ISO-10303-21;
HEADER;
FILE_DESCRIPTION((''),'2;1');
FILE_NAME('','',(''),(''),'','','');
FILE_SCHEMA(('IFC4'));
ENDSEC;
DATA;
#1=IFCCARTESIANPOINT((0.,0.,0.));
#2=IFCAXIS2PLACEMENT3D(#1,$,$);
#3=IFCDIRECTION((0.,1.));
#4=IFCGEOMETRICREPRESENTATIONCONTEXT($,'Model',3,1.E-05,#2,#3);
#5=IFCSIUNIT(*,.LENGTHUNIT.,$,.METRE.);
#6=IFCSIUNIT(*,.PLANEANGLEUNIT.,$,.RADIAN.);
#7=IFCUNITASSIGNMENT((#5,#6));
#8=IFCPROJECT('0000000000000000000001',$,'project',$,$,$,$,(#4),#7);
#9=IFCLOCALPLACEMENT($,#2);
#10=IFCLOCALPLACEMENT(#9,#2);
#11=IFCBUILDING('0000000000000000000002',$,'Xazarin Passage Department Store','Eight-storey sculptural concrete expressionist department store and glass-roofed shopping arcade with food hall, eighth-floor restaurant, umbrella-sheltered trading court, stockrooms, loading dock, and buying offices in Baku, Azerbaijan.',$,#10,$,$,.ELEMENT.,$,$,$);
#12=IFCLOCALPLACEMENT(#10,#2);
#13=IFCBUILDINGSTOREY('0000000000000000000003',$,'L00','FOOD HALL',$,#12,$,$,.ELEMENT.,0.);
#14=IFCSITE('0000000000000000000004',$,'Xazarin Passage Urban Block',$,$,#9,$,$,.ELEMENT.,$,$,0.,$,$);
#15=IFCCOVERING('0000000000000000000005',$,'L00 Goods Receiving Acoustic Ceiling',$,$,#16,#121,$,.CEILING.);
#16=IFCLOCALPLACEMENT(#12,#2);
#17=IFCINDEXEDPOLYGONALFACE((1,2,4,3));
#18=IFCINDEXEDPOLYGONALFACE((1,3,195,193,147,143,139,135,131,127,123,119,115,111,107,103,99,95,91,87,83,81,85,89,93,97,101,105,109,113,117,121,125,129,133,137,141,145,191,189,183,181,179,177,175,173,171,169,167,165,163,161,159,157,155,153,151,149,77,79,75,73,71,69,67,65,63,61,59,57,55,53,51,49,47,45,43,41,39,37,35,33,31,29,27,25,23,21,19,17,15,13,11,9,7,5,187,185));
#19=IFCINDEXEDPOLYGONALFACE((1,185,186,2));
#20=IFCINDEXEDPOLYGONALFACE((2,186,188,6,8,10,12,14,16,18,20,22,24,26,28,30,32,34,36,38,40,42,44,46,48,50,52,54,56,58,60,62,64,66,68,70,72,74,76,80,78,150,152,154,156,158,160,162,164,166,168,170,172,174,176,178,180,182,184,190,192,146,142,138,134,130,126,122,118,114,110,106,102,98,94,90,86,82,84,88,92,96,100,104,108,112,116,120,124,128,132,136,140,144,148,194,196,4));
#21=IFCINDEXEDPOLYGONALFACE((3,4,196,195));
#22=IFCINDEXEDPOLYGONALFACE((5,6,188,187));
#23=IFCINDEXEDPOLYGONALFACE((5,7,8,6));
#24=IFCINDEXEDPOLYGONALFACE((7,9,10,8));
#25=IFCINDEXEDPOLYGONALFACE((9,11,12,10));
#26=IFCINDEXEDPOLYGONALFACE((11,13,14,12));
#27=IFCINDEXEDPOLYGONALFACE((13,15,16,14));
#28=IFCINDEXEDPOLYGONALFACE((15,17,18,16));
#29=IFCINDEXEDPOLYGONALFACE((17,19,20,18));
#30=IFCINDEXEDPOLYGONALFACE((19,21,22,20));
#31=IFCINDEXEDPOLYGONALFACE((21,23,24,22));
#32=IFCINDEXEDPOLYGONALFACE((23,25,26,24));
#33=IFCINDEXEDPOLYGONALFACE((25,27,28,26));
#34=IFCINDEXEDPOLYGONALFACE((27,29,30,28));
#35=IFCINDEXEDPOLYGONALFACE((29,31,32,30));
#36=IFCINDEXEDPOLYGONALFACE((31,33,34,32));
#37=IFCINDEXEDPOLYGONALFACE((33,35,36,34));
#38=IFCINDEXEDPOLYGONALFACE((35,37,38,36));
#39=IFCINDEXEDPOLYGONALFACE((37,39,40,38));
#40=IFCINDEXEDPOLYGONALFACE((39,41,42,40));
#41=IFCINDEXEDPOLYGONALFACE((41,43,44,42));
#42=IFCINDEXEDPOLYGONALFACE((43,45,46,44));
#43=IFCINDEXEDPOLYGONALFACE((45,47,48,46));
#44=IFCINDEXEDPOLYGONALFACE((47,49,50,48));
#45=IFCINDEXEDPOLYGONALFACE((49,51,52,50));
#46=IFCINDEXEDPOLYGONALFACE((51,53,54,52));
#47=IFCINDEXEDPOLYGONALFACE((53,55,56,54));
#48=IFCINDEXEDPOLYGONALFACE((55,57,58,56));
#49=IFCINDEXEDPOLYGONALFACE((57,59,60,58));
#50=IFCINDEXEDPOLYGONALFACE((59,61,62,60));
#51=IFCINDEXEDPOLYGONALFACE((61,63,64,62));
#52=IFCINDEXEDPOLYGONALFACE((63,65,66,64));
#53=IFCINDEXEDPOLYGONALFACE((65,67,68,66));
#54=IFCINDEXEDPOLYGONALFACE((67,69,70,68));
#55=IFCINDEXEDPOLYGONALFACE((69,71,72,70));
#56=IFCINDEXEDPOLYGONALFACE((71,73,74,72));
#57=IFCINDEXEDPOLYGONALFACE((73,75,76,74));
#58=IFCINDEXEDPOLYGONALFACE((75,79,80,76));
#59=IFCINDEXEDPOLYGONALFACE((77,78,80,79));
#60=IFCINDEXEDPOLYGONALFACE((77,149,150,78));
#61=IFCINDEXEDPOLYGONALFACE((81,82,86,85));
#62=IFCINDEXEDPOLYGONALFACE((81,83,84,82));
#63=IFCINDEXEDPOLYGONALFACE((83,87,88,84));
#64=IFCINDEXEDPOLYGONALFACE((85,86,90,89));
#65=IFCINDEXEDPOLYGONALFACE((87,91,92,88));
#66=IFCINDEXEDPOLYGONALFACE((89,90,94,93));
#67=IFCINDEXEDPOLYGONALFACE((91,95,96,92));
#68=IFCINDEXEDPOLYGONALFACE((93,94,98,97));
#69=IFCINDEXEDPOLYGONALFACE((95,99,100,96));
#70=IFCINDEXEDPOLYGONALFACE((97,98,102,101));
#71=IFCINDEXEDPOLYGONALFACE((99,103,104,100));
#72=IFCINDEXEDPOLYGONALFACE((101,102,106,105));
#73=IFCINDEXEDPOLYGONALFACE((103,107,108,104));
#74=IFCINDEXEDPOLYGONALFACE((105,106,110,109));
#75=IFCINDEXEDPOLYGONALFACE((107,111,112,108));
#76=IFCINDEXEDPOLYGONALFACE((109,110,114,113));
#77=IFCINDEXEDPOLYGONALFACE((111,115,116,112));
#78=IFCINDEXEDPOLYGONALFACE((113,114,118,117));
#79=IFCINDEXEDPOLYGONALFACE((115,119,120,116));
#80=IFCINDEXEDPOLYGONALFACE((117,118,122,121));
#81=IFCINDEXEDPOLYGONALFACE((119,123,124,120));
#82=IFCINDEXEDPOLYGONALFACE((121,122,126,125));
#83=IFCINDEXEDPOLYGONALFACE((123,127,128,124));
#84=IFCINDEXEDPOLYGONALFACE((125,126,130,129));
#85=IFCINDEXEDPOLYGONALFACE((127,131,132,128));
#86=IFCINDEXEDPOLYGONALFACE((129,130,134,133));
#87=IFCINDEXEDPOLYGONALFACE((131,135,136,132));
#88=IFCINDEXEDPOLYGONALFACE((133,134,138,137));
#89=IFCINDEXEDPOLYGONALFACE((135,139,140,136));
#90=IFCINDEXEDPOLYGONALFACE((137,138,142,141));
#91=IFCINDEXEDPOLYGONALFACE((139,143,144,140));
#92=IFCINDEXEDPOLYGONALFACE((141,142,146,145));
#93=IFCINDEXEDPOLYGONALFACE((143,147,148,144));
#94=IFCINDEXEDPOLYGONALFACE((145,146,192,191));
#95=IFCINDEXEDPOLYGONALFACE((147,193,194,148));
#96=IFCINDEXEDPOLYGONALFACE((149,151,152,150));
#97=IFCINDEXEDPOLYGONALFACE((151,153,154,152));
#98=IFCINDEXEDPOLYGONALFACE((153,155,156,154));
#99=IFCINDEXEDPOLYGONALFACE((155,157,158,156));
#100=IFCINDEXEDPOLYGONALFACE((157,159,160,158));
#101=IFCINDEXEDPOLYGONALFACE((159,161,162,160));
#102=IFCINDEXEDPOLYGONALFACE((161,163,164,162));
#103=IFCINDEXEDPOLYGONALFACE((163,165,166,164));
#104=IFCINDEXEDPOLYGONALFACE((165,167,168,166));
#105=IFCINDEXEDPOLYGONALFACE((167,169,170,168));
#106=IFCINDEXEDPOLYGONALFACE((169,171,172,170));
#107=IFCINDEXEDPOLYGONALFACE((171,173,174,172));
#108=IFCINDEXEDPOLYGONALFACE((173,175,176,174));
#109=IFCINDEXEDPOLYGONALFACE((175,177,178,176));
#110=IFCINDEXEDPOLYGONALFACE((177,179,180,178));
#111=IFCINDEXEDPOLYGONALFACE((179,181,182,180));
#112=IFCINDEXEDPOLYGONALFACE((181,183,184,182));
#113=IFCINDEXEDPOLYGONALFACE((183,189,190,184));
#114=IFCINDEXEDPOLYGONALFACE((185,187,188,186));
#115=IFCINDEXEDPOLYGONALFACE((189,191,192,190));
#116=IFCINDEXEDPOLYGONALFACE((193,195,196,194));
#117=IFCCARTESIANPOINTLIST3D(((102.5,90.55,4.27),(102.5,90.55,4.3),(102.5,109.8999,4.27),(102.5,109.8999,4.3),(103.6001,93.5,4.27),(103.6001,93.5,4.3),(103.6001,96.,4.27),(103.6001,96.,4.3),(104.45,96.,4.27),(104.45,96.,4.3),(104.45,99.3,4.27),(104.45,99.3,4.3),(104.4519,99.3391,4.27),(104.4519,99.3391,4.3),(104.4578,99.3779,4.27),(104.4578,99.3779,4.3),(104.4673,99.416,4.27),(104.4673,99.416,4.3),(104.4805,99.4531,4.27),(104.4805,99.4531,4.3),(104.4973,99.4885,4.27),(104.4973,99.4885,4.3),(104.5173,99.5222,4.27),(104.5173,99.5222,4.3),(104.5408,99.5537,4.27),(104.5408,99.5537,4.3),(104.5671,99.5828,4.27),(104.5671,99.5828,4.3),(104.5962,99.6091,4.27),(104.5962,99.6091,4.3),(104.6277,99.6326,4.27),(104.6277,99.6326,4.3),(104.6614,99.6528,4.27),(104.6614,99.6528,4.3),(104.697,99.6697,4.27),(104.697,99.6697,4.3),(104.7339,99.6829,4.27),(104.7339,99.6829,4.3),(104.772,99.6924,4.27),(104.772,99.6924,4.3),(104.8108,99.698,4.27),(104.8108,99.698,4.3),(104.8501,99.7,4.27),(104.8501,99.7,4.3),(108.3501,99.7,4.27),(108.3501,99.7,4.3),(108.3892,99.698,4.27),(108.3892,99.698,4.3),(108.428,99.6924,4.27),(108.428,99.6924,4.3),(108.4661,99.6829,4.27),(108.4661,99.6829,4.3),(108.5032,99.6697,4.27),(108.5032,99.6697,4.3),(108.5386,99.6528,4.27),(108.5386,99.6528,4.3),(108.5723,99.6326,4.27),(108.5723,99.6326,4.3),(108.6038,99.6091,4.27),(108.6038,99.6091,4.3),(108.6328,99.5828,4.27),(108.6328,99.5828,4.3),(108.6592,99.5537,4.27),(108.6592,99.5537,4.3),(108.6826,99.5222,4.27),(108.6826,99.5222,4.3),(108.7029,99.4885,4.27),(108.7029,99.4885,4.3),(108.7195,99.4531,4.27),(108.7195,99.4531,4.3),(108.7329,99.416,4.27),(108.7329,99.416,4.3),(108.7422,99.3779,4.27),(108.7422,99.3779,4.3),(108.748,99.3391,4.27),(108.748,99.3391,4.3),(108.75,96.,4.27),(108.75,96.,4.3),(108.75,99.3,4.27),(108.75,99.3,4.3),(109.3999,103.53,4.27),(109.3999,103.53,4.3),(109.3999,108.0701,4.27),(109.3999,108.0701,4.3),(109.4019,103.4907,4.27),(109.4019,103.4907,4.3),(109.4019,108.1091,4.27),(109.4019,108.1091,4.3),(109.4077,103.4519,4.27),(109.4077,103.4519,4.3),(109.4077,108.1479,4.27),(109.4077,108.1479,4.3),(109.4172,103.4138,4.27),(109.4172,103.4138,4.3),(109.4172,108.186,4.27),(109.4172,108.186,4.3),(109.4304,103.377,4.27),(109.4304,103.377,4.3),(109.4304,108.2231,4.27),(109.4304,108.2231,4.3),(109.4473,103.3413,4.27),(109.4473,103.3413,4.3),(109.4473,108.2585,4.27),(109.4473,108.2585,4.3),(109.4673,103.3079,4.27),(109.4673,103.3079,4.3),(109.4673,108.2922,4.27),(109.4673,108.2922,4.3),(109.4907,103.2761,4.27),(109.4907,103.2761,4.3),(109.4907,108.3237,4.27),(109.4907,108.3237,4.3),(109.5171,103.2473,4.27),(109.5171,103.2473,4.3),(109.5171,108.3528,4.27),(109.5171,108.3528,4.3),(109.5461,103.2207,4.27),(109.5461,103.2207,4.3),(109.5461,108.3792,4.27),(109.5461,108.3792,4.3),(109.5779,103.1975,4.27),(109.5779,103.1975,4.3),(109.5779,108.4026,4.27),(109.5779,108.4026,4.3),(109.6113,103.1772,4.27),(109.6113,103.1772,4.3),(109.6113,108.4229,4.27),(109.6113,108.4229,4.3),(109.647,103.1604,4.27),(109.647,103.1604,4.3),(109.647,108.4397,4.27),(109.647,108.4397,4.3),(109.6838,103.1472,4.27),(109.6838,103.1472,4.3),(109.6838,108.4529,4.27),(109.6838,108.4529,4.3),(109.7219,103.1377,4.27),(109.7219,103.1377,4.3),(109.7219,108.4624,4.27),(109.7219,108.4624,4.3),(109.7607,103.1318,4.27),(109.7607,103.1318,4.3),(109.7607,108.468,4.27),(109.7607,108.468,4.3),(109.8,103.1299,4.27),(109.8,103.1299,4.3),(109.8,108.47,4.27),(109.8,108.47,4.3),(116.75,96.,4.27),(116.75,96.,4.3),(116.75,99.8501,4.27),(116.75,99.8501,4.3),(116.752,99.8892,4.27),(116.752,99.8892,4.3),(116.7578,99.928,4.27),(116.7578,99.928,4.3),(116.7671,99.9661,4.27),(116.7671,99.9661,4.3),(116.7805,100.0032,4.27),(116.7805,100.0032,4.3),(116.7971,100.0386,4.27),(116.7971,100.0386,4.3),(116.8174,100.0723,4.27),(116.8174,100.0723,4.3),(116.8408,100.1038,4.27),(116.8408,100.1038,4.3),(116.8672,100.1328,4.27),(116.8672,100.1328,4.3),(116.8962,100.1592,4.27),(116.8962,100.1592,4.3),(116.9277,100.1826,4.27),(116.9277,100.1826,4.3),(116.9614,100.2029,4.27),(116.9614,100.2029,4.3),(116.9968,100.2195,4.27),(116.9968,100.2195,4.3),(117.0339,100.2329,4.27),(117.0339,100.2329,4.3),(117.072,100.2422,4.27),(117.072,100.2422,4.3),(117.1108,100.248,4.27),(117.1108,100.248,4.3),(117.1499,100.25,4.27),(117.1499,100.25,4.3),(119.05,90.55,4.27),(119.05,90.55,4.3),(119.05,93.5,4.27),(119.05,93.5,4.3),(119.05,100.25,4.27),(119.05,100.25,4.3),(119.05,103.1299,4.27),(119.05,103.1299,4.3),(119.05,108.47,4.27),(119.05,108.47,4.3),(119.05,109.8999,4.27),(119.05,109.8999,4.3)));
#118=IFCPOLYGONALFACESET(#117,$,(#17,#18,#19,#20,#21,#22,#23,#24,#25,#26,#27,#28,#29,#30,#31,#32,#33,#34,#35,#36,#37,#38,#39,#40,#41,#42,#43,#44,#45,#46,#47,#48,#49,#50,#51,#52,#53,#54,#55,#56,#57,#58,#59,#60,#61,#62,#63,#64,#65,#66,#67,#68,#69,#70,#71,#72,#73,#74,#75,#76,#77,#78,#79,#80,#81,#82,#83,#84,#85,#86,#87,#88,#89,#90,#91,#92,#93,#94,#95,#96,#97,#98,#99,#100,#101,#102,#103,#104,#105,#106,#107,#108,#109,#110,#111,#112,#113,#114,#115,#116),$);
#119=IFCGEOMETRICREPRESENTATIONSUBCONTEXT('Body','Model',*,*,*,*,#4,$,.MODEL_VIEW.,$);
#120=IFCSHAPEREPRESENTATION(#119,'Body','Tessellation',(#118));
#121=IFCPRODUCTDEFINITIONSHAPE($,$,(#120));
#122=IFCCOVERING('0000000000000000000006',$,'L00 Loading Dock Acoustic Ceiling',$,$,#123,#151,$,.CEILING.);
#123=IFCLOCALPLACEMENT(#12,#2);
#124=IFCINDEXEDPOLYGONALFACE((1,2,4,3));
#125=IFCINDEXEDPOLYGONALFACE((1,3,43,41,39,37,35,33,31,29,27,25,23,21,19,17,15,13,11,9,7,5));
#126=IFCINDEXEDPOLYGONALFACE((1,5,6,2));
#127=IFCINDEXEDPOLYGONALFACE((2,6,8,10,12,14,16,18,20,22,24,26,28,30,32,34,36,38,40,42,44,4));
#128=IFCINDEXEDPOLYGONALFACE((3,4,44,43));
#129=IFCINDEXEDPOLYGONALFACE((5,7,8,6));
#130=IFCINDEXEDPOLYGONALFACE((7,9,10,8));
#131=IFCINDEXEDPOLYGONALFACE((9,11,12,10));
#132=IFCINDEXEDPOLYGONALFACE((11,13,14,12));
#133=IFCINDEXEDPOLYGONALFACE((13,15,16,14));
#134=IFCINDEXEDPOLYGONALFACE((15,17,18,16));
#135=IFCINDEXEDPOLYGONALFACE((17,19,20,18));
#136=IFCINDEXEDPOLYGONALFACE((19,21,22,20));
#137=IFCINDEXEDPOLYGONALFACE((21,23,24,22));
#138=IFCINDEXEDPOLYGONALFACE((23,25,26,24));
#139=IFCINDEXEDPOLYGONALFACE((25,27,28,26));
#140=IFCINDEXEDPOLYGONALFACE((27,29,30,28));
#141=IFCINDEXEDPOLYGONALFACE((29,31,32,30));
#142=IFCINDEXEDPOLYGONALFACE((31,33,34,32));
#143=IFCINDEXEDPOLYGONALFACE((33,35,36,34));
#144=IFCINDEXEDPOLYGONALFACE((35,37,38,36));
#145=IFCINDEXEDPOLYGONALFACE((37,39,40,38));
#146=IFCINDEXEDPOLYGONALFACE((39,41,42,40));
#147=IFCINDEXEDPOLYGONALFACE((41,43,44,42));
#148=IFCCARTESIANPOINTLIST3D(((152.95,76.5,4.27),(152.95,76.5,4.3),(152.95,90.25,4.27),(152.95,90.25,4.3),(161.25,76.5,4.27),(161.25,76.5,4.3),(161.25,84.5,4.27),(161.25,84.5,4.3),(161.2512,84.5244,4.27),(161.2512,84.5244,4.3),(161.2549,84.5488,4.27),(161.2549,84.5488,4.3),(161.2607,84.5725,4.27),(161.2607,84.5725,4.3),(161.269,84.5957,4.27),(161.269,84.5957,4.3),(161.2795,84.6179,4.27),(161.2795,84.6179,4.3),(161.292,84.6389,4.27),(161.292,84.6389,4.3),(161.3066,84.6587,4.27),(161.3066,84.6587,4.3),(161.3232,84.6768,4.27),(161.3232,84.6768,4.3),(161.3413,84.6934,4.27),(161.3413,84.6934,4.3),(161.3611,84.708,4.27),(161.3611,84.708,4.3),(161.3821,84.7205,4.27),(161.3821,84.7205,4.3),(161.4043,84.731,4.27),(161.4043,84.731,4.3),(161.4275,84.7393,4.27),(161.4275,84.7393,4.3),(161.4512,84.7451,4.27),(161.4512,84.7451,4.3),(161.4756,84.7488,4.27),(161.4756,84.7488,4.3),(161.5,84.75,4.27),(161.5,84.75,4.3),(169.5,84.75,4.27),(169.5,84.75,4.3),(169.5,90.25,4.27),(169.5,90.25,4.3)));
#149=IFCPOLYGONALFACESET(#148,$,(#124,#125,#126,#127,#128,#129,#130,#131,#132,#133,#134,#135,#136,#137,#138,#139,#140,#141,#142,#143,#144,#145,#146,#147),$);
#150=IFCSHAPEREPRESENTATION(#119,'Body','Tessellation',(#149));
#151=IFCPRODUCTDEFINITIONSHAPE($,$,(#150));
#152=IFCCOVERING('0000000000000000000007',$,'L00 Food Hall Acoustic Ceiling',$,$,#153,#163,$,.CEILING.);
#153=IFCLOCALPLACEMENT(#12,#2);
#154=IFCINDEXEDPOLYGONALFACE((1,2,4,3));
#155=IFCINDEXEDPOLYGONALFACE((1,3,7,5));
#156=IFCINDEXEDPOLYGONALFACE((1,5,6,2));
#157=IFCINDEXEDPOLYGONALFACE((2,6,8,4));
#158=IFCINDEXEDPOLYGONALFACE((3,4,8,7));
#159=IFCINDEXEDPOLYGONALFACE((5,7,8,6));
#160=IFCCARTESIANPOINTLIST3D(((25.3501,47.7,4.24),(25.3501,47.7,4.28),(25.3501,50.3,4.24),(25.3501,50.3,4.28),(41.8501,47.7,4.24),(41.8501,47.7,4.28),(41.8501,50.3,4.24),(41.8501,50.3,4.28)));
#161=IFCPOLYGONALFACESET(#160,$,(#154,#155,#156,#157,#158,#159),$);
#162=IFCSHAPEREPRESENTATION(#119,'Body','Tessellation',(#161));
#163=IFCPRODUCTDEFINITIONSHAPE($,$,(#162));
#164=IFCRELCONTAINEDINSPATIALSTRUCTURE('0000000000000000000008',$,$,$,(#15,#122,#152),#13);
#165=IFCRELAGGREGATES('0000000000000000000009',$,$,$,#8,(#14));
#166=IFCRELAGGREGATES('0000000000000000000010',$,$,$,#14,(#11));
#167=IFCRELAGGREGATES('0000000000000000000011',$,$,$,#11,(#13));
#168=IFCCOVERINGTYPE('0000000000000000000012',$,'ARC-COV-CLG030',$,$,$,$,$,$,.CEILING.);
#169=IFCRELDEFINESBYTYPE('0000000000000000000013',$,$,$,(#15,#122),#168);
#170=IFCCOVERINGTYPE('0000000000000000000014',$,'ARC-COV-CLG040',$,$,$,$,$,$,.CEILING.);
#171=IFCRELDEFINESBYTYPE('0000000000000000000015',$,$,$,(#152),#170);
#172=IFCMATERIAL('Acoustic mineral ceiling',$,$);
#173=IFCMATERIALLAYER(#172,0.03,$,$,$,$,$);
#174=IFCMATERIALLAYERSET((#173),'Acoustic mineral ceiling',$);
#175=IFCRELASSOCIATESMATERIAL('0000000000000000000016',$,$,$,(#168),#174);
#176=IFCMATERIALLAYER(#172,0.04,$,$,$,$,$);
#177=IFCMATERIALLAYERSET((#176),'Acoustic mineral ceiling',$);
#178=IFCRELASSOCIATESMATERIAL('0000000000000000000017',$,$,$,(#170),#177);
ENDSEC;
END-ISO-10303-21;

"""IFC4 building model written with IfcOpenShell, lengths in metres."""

from ifc_helpers import new_model, si_unit, direction, frame, origin, place, context, subcontext, project, spatial, polyline, outline, extrude, material, layer, layer_set, type_object, element, save


model = new_model("IFC4")

# Units and contexts
model_context = context("Model", 3, precision=1e-05, world=origin(), true_north=direction((0.0, 1.0)))
body_context = subcontext(model_context, "Body", "Model", "MODEL_VIEW")
ifc_project = project(units=[si_unit("LENGTHUNIT", "METRE"), si_unit("PLANEANGLEUNIT", "RADIAN")], contexts=[model_context])

# Site, building, storey
site_placement = place(None, origin())
site = spatial("IfcSite", under=ifc_project, at=site_placement, Name="Xazarin Passage Urban Block", CompositionType="ELEMENT", RefElevation=0.0)
building_placement = place(site_placement, origin())
building = spatial("IfcBuilding", under=site, at=building_placement, Name="Xazarin Passage Department Store", Description="Eight-storey sculptural concrete expressionist department store and glass-roofed shopping arcade with food hall, eighth-floor restaurant, umbrella-sheltered trading court, stockrooms, loading dock, and buying offices in Baku, Azerbaijan.", CompositionType="ELEMENT")
storey_placement = place(building_placement, origin())
storey = spatial("IfcBuildingStorey", under=building, at=storey_placement, Name="L00", Description="FOOD HALL", CompositionType="ELEMENT", Elevation=0.0)

# Coverings
ifc_material_1 = material(Name="Acoustic mineral ceiling")
ifc_layer_1 = layer(ifc_material_1, 0.03)
ifc_layer_set_1 = layer_set([ifc_layer_1], Name="Acoustic mineral ceiling")
covering_type_1 = type_object("IfcCoveringType", Name="ARC-COV-CLG030", PredefinedType="CEILING", material=ifc_layer_set_1)
covering_1_placement = place(storey_placement, frame((0.0, 0.0, 4.27)))
element("IfcCovering", 1, at=covering_1_placement, inside=storey, type_object=covering_type_1, Name="L00 Goods Receiving Acoustic Ceiling", PredefinedType="CEILING", context=body_context, shape_type="SweptSolid", body=[
    extrude(outline(polyline([(119.05, 103.1299), (109.8, 103.1299), (109.7607, 103.1318), (109.7219, 103.1377), (109.6838, 103.1472), (109.647, 103.1604), (109.6113, 103.1772), (109.5779, 103.1975), (109.5461, 103.2207), (109.5171, 103.2473), (109.4907, 103.2761), (109.4673, 103.3079), (109.4473, 103.3413), (109.4304, 103.377), (109.4172, 103.4138), (109.4077, 103.4519), (109.4019, 103.4907), (109.3999, 103.53), (109.3999, 108.0701), (109.4019, 108.1091), (109.4077, 108.1479), (109.4172, 108.186), (109.4304, 108.2231), (109.4473, 108.2585), (109.4673, 108.2922), (109.4907, 108.3237), (109.5171, 108.3528), (109.5461, 108.3792), (109.5779, 108.4026), (109.6113, 108.4229), (109.647, 108.4397), (109.6838, 108.4529), (109.7219, 108.4624), (109.7607, 108.468), (109.8, 108.47), (119.05, 108.47), (119.05, 109.8999), (102.5, 109.8999), (102.5, 90.55), (119.05, 90.55), (119.05, 93.5), (103.6001, 93.5), (103.6001, 96.0), (104.45, 96.0), (104.45, 99.3), (104.4519, 99.3391), (104.4578, 99.3779), (104.4673, 99.416), (104.4805, 99.4531), (104.4973, 99.4885), (104.5173, 99.5222), (104.5408, 99.5537), (104.5671, 99.5828), (104.5962, 99.6091), (104.6277, 99.6326), (104.6614, 99.6528), (104.697, 99.6697), (104.7339, 99.6829), (104.772, 99.6924), (104.8108, 99.698), (104.8501, 99.7), (108.3501, 99.7), (108.3892, 99.698), (108.428, 99.6924), (108.4661, 99.6829), (108.5032, 99.6697), (108.5386, 99.6528), (108.5723, 99.6326), (108.6038, 99.6091), (108.6328, 99.5828), (108.6592, 99.5537), (108.6826, 99.5222), (108.7029, 99.4885), (108.7195, 99.4531), (108.7329, 99.416), (108.7422, 99.3779), (108.748, 99.3391), (108.75, 99.3), (108.75, 96.0), (116.75, 96.0), (116.75, 99.8501), (116.752, 99.8892), (116.7578, 99.928), (116.7671, 99.9661), (116.7805, 100.0032), (116.7971, 100.0386), (116.8174, 100.0723), (116.8408, 100.1038), (116.8672, 100.1328), (116.8962, 100.1592), (116.9277, 100.1826), (116.9614, 100.2029), (116.9968, 100.2195), (117.0339, 100.2329), (117.072, 100.2422), (117.1108, 100.248), (117.1499, 100.25), (119.05, 100.25), (119.05, 103.1299)])), origin(), (0.0, 0.0, 1.0), 0.03),
])
covering_2_placement = place(storey_placement, frame((0.0, 0.0, 4.27)))
element("IfcCovering", 2, at=covering_2_placement, inside=storey, type_object=covering_type_1, Name="L00 Loading Dock Acoustic Ceiling", PredefinedType="CEILING", context=body_context, shape_type="SweptSolid", body=[
    extrude(outline(polyline([(161.5, 84.75), (169.5, 84.75), (169.5, 90.25), (152.95, 90.25), (152.95, 76.5), (161.25, 76.5), (161.25, 84.5), (161.2512, 84.5244), (161.2549, 84.5488), (161.2607, 84.5725), (161.269, 84.5957), (161.2795, 84.6179), (161.292, 84.6389), (161.3066, 84.6587), (161.3232, 84.6768), (161.3413, 84.6934), (161.3611, 84.708), (161.3821, 84.7205), (161.4043, 84.731), (161.4275, 84.7393), (161.4512, 84.7451), (161.4756, 84.7488), (161.5, 84.75)])), origin(), (0.0, 0.0, 1.0), 0.03),
])
ifc_layer_2 = layer(ifc_material_1, 0.04)
ifc_layer_set_2 = layer_set([ifc_layer_2], Name="Acoustic mineral ceiling")
covering_type_2 = type_object("IfcCoveringType", Name="ARC-COV-CLG040", PredefinedType="CEILING", material=ifc_layer_set_2)
covering_3_placement = place(storey_placement, frame((0.0, 0.0, 4.24)))
element("IfcCovering", 3, at=covering_3_placement, inside=storey, type_object=covering_type_2, Name="L00 Food Hall Acoustic Ceiling", PredefinedType="CEILING", context=body_context, shape_type="SweptSolid", body=[
    extrude(outline(polyline([(25.3501, 47.7), (41.8501, 47.7), (41.8501, 50.3), (25.3501, 50.3), (25.3501, 47.7)])), origin(), (0.0, 0.0, 1.0), 0.04),
])

save(model, "model.ifc")
